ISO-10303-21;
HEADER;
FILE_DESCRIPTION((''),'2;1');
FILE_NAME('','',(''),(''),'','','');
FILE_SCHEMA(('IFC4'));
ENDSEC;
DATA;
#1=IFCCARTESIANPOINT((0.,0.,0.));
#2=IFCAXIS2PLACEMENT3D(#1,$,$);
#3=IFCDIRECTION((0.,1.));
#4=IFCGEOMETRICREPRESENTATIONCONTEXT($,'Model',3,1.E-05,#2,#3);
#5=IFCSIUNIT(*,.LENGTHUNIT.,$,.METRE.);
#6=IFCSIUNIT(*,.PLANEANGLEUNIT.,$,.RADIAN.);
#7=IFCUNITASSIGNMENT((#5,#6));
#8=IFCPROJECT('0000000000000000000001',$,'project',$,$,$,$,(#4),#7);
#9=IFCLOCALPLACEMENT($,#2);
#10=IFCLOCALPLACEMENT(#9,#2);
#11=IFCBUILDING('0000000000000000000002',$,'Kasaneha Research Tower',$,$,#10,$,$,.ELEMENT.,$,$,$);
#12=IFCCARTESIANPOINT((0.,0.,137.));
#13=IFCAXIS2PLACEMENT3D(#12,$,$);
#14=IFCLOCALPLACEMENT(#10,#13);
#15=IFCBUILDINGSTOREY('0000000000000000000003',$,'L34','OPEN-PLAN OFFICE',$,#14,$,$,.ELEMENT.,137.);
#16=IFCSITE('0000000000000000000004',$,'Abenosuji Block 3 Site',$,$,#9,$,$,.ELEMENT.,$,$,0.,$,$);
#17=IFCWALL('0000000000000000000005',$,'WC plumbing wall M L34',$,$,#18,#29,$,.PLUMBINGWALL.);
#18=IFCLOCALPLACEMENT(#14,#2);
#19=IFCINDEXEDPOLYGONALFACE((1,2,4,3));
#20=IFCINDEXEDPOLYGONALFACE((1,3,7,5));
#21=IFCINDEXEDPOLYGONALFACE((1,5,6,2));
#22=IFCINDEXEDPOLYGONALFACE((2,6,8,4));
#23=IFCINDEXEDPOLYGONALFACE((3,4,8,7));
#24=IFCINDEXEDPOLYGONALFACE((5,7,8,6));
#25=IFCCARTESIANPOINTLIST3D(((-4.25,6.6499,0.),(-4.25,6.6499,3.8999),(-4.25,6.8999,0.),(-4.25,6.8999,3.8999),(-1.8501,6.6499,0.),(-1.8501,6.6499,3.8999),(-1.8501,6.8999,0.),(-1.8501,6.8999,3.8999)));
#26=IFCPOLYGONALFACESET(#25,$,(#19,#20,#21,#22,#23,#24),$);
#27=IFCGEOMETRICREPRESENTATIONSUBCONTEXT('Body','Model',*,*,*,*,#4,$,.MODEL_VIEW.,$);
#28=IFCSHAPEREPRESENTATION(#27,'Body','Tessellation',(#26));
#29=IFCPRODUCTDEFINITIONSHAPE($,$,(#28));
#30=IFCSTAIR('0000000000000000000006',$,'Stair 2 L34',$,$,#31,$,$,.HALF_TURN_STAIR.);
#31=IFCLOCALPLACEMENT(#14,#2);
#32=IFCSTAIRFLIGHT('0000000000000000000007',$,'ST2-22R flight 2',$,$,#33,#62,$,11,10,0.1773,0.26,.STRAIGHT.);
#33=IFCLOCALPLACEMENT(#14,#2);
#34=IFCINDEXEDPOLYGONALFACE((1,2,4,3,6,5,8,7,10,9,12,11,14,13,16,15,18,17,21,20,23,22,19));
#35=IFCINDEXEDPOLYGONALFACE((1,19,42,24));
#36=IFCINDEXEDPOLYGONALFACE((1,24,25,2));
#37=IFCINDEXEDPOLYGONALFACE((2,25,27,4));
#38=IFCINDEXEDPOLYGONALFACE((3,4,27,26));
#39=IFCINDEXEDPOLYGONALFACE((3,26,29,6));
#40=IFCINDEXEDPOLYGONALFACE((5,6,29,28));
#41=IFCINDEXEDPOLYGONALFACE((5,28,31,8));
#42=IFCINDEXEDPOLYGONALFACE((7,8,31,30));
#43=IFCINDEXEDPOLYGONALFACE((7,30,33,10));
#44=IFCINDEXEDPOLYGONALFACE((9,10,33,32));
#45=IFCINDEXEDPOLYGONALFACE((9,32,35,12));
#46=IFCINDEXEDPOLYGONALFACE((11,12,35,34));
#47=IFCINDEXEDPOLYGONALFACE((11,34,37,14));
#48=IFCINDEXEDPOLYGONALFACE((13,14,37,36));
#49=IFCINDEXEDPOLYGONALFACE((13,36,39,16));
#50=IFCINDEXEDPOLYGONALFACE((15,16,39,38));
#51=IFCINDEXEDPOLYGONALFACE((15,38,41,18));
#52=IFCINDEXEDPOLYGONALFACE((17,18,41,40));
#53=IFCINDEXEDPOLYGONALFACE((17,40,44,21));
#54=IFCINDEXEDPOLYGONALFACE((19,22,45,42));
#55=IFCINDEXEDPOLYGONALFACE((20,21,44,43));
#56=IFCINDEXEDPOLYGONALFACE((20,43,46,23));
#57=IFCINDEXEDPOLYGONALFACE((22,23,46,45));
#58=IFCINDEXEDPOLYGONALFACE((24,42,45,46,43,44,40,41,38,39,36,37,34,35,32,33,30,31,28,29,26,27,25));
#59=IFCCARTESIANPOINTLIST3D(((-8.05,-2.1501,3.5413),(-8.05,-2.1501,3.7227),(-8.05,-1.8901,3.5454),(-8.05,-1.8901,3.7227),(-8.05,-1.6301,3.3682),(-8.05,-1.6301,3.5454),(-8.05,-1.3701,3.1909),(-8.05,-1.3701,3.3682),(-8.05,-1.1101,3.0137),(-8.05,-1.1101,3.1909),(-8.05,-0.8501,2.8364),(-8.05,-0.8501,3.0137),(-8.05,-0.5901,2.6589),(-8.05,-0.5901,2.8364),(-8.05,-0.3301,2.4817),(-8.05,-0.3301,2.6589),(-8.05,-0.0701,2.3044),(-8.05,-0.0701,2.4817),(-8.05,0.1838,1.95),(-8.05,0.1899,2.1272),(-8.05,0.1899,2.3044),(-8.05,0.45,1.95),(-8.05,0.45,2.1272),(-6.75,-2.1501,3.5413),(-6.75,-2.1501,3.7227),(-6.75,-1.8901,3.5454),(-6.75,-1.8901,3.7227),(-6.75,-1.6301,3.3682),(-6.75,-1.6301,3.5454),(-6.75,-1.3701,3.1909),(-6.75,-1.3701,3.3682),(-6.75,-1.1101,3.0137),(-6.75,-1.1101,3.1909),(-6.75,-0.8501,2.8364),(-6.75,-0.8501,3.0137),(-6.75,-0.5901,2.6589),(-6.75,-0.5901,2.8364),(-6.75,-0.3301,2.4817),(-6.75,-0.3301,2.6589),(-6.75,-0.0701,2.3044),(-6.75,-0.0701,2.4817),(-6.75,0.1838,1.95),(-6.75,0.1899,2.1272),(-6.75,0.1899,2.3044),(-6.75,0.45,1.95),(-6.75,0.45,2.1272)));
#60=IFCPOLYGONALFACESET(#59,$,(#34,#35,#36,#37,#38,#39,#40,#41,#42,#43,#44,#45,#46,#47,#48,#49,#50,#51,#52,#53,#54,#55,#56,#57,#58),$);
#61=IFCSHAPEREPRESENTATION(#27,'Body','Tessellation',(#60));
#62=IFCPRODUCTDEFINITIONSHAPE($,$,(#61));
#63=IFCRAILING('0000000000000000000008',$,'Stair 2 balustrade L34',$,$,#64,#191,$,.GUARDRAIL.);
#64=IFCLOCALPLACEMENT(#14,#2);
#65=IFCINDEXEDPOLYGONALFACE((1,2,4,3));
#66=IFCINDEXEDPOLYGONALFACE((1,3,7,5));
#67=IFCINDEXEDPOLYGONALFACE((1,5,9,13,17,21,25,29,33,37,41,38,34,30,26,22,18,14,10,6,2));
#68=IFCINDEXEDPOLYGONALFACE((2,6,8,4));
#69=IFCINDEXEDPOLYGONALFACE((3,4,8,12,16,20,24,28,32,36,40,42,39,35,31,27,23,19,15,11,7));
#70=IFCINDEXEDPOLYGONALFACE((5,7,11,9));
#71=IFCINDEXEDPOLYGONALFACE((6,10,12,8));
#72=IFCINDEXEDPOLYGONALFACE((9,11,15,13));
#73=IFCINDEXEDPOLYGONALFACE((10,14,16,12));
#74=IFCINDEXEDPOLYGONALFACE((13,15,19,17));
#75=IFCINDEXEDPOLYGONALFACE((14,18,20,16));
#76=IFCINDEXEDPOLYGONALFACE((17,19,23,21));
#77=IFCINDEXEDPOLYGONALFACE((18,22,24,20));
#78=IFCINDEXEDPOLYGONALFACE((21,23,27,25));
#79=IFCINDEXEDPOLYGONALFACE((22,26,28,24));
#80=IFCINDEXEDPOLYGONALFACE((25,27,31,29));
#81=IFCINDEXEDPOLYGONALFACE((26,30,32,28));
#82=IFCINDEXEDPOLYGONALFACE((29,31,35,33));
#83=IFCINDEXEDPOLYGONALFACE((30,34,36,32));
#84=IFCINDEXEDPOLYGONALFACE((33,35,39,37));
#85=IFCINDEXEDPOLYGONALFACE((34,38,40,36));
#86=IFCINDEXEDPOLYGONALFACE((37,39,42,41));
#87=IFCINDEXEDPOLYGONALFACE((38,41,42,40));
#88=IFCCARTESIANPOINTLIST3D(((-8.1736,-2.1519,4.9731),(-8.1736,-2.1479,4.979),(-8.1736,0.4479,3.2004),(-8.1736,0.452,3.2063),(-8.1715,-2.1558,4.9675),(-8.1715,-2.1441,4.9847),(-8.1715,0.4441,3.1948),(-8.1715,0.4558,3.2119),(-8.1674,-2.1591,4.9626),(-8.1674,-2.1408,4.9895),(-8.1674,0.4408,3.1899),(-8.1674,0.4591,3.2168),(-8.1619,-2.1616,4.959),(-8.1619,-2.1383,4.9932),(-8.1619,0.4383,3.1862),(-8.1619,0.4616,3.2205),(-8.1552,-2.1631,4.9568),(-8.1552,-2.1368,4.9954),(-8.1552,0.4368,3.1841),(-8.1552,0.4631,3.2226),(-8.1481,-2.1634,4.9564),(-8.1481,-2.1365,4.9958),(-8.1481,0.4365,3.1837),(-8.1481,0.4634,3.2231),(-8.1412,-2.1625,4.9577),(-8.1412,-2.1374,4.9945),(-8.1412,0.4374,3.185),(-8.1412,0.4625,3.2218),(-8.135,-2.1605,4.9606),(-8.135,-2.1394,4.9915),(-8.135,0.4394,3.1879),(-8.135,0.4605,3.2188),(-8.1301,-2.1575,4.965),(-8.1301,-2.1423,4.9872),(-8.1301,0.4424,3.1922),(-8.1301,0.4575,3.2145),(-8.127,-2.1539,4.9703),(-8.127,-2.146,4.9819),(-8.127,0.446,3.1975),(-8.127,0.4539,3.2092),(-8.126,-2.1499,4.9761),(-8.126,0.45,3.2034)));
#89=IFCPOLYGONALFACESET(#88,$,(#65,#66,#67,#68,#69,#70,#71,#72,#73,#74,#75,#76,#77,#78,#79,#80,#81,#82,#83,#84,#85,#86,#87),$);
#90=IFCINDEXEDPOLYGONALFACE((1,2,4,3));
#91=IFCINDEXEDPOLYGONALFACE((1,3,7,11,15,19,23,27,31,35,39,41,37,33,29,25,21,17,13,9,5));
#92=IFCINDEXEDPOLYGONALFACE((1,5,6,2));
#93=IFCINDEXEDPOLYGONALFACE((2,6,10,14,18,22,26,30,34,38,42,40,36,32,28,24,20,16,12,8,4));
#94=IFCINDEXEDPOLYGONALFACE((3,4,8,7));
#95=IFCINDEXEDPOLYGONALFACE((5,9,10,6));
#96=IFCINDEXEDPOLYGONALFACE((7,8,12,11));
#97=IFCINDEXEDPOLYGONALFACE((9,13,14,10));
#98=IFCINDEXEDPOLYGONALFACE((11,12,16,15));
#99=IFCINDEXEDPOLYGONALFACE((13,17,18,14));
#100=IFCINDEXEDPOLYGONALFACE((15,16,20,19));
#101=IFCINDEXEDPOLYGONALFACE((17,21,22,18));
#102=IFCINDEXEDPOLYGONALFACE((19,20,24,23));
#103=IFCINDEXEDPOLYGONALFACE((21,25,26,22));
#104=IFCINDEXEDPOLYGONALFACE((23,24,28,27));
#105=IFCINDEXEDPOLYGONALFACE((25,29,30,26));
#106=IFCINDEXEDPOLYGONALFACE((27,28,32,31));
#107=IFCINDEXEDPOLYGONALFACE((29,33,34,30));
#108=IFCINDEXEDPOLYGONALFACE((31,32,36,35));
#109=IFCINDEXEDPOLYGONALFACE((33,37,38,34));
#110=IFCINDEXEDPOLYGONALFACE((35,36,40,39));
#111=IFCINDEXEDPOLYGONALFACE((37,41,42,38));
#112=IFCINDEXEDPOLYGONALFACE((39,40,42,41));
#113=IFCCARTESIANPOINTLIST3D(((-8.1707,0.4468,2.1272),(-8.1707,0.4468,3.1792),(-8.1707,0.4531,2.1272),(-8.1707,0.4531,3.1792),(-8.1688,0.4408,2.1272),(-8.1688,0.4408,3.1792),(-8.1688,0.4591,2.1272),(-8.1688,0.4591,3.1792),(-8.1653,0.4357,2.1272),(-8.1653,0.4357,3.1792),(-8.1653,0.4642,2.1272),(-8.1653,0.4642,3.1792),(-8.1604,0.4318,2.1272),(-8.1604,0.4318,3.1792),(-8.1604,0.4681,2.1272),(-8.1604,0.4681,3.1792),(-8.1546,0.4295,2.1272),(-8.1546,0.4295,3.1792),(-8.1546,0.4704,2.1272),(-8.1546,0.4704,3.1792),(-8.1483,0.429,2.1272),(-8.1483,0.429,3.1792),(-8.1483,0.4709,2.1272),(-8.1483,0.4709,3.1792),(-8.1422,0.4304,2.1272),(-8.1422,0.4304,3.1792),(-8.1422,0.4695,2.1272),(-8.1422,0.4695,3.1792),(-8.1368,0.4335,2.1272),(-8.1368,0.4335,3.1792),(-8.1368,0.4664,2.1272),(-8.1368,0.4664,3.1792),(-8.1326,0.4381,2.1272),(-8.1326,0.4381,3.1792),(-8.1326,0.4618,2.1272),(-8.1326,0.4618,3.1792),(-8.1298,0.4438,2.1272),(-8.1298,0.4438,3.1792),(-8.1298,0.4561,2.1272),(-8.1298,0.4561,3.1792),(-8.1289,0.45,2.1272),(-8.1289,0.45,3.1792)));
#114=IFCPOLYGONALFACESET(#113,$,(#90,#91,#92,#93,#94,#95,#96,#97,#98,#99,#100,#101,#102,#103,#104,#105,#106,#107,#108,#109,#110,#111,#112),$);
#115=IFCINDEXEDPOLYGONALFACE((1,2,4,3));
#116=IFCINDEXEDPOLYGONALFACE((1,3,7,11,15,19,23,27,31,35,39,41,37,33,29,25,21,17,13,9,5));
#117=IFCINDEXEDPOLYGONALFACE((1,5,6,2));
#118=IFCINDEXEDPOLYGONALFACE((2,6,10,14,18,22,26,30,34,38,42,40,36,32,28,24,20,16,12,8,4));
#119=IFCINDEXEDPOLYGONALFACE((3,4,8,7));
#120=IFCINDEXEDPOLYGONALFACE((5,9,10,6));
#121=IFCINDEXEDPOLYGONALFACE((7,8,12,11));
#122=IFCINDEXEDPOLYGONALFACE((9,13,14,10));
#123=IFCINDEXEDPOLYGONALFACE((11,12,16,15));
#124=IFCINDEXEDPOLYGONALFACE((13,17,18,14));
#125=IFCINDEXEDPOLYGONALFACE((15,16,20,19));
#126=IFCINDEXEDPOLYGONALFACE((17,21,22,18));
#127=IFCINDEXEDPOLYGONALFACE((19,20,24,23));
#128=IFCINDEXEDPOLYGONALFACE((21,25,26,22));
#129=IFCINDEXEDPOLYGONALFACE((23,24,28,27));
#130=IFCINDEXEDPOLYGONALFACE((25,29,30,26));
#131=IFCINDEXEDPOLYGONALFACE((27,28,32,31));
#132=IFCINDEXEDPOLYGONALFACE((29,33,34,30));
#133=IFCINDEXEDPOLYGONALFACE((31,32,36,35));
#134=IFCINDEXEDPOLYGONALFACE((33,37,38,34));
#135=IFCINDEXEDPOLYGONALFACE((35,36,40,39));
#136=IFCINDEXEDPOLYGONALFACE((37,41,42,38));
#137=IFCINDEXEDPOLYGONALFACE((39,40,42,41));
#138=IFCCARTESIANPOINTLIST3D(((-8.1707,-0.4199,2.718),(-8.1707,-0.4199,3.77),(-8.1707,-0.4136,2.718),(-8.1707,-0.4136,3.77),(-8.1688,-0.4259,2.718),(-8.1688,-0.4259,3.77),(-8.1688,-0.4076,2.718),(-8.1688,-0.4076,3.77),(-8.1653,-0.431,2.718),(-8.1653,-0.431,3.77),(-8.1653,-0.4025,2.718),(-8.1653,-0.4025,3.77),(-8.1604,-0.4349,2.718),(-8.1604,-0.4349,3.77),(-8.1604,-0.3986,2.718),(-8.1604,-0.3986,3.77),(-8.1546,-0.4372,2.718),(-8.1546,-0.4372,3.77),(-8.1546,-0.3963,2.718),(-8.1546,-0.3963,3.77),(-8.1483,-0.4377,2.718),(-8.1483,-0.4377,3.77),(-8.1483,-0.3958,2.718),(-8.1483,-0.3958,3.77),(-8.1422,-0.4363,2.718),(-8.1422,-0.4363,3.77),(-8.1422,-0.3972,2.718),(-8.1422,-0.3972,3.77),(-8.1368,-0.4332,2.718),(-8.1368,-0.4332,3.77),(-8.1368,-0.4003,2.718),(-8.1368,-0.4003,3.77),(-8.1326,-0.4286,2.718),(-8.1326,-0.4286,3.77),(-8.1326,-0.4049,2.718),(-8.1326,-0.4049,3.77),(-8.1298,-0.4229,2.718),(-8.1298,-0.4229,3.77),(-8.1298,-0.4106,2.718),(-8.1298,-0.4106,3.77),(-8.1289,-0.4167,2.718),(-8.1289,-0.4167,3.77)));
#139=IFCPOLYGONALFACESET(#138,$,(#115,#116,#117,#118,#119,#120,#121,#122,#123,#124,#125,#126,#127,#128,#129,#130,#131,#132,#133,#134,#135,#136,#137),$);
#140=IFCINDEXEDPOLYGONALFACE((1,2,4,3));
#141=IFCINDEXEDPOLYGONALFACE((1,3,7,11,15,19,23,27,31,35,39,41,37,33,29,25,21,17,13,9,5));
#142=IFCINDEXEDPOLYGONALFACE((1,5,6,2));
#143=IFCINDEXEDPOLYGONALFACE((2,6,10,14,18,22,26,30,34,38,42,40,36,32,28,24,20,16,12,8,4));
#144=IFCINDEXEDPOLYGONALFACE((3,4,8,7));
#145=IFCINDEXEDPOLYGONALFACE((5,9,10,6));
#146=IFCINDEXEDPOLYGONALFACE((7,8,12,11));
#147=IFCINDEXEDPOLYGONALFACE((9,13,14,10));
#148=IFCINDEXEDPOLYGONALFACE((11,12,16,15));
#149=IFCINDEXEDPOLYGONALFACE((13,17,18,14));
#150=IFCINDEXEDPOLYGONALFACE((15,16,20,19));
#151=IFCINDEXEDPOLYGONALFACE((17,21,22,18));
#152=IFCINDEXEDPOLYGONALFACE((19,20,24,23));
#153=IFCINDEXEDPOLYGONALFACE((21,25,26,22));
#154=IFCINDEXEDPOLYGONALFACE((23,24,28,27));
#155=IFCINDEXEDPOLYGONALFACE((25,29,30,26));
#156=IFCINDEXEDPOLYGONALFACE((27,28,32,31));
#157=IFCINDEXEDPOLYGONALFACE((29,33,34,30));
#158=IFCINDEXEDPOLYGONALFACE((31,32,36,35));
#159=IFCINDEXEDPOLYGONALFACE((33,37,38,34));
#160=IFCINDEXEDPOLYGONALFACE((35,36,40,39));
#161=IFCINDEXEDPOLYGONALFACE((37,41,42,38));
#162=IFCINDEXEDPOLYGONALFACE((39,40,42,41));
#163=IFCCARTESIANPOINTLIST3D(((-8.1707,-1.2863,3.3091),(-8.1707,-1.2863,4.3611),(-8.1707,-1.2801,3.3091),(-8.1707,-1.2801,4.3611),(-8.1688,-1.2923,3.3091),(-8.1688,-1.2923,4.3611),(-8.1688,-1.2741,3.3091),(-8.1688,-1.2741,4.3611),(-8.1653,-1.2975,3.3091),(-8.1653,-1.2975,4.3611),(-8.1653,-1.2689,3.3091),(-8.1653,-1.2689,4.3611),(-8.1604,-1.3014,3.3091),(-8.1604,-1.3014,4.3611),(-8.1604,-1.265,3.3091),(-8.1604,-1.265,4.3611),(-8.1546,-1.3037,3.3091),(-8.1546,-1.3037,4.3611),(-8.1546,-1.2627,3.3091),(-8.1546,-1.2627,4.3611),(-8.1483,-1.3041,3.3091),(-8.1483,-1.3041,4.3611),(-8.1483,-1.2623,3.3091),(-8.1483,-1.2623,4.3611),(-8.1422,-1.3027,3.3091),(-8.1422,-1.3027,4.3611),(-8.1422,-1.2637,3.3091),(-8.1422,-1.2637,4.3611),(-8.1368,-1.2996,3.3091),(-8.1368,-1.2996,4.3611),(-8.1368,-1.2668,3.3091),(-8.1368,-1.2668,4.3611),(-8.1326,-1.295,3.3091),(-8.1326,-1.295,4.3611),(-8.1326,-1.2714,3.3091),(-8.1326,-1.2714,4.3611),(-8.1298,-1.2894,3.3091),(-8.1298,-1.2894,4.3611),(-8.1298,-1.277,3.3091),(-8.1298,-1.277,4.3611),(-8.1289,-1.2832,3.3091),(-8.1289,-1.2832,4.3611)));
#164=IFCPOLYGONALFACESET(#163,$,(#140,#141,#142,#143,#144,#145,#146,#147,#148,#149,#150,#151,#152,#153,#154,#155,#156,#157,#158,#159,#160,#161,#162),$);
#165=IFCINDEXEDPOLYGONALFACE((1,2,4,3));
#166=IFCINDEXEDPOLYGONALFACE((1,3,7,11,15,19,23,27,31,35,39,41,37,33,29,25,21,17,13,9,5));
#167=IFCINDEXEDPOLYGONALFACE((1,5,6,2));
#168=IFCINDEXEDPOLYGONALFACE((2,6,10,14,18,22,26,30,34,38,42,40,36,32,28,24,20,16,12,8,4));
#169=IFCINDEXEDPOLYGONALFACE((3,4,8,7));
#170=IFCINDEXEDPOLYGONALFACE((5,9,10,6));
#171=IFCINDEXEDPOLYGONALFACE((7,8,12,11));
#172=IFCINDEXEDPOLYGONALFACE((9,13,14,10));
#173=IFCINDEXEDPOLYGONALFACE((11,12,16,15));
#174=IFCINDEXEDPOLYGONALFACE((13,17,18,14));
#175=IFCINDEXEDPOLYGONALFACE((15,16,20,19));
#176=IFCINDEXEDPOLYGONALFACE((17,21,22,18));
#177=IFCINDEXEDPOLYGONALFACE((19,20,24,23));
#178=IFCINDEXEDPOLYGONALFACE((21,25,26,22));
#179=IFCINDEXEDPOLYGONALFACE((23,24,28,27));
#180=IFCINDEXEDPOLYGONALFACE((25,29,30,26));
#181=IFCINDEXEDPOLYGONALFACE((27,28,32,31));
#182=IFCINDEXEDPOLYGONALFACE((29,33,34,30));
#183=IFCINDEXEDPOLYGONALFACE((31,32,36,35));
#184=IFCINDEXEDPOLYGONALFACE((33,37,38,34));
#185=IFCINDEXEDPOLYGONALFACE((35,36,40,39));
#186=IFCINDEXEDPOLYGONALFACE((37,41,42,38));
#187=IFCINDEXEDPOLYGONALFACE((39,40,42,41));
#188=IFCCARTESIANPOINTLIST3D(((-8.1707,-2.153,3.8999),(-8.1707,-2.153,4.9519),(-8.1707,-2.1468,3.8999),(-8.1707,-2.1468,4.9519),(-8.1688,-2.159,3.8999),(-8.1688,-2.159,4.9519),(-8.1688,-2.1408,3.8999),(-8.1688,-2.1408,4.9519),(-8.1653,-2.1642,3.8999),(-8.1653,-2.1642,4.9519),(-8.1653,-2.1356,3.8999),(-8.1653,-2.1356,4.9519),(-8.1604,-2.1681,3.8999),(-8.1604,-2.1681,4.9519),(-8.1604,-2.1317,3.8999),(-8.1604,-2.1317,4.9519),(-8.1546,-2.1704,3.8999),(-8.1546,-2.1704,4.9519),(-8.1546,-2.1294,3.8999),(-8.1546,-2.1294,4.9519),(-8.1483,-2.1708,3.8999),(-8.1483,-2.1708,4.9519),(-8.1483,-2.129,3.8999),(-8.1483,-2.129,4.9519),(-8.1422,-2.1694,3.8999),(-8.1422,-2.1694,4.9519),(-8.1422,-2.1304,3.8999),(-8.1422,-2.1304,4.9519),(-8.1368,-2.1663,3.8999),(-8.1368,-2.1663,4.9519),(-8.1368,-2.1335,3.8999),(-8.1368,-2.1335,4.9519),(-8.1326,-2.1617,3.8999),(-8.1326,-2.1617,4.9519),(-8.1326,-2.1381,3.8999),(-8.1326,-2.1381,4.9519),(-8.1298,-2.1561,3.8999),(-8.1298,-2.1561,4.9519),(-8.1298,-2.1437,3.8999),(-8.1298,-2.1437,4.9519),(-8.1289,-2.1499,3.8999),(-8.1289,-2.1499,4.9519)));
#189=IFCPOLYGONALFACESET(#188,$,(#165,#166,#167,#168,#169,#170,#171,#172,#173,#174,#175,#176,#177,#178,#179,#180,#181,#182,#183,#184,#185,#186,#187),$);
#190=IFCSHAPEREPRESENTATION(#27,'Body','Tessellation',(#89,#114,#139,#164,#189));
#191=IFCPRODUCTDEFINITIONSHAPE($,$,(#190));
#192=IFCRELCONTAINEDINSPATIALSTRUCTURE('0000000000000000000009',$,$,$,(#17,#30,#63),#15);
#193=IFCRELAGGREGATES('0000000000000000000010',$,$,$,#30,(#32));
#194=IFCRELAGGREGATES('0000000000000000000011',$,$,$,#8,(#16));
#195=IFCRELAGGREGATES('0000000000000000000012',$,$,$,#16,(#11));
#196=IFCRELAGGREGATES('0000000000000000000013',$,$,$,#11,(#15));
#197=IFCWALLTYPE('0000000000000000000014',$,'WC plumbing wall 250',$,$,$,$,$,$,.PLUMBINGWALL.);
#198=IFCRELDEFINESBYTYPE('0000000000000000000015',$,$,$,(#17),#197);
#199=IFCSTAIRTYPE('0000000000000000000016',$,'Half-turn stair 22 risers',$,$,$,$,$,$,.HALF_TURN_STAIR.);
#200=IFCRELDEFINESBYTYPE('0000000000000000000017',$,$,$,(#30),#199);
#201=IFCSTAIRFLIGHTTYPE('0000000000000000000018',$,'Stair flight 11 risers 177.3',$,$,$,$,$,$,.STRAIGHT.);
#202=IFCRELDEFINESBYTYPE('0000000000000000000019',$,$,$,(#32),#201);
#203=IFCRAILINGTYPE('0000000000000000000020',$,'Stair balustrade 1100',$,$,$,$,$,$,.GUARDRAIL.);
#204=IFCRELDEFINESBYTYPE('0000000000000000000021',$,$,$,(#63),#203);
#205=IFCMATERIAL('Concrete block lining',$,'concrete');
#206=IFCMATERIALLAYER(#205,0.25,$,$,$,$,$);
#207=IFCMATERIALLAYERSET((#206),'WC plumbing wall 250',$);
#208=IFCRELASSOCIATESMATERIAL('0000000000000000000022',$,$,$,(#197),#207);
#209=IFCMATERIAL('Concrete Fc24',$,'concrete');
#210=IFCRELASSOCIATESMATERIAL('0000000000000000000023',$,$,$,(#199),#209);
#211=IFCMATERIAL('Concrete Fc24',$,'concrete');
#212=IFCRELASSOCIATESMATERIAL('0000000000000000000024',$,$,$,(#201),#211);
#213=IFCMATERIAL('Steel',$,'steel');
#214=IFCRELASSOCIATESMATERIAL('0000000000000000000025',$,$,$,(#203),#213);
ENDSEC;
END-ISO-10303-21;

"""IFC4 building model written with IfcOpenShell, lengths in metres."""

from ifc_helpers import new_model, si_unit, direction, frame, frame_2d, origin, origin_2d, place, context, subcontext, project, spatial, polyline, rectangle, circle, outline, extrude, material, layer, layer_set, type_object, element, aggregate, save


model = new_model("IFC4")

# Units and contexts
model_context = context("Model", 3, precision=1e-05, world=origin(), true_north=direction((0.0, 1.0)))
body_context = subcontext(model_context, "Body", "Model", "MODEL_VIEW")
ifc_project = project(units=[si_unit("LENGTHUNIT", "METRE"), si_unit("PLANEANGLEUNIT", "RADIAN")], contexts=[model_context])

# Site, building, storey
site_placement = place(None, origin())
site = spatial("IfcSite", under=ifc_project, at=site_placement, Name="Abenosuji Block 3 Site", CompositionType="ELEMENT", RefElevation=0.0)
building_placement = place(site_placement, origin())
building = spatial("IfcBuilding", under=site, at=building_placement, Name="Kasaneha Research Tower", CompositionType="ELEMENT")
storey_placement = place(building_placement, frame((0.0, 0.0, 137.0)))
storey = spatial("IfcBuildingStorey", under=building, at=storey_placement, Name="L34", Description="OPEN-PLAN OFFICE", CompositionType="ELEMENT", Elevation=137.0)

# Wall
ifc_material_1 = material(Name="Concrete block lining", Category="concrete")
ifc_layer_1 = layer(ifc_material_1, 0.25)
ifc_layer_set_1 = layer_set([ifc_layer_1], Name="WC plumbing wall 250")
wall_type_1 = type_object("IfcWallType", Name="WC plumbing wall 250", PredefinedType="PLUMBINGWALL", material=ifc_layer_set_1)
wall_1_placement = place(storey_placement, frame((-4.25, 6.7749, 0.0), z_axis=(0.0, 0.0, 1.0), x_axis=(1.0, 0.0, 0.0)))
element("IfcWall", 1, at=wall_1_placement, inside=storey, type_object=wall_type_1, Name="WC plumbing wall M L34", PredefinedType="PLUMBINGWALL", context=body_context, shape_type="SweptSolid", body=[
    extrude(rectangle(XDim=2.3999, YDim=0.25, at=frame_2d((1.2, 0.0))), origin(), (0.0, 0.0, 1.0), 3.8999),
])

# Stair, stair flight
ifc_material_2 = material(Name="Concrete Fc24", Category="concrete")
stair_type = type_object("IfcStairType", Name="Half-turn stair 22 risers", PredefinedType="HALF_TURN_STAIR", material=ifc_material_2)
stair_placement = place(storey_placement, origin())
stair = element("IfcStair", 2, at=stair_placement, inside=storey, type_object=stair_type, Name="Stair 2 L34", PredefinedType="HALF_TURN_STAIR")
ifc_material_3 = material(Name="Concrete Fc24", Category="concrete")
stair_flight_type = type_object("IfcStairFlightType", Name="Stair flight 11 risers 177.3", PredefinedType="STRAIGHT", material=ifc_material_3)
stair_flight_placement = place(storey_placement, frame((-7.3999, 0.45, 1.95), z_axis=(0.0, 0.0, 1.0), x_axis=(0.0, -1.0, 0.0)))
stair_flight = element("IfcStairFlight", 3, at=stair_flight_placement, type_object=stair_flight_type, Name="ST2-22R flight 2", NumberOfRisers=11, NumberOfTreads=10, PredefinedType="STRAIGHT", RiserHeight=0.1773, TreadLength=0.26, context=body_context, shape_type="SweptSolid", body=[
    extrude(outline(polyline([(0.0, 0.0), (0.0, 0.1772), (0.26, 0.1772), (0.26, 0.3545), (0.52, 0.3545), (0.52, 0.5317), (0.78, 0.5317), (0.78, 0.709), (1.04, 0.709), (1.04, 0.8865), (1.3, 0.8865), (1.3, 1.0637), (1.5601, 1.0637), (1.5601, 1.241), (1.8201, 1.241), (1.8201, 1.4182), (2.0801, 1.4182), (2.0801, 1.5955), (2.3401, 1.5955), (2.3401, 1.7727), (2.6001, 1.7727), (2.6001, 1.95), (2.6001, 1.5913), (0.2661, 0.0), (0.0, 0.0)])), frame((0.0, 0.6499, 0.0), z_axis=(0.0, -1.0, 0.0), x_axis=(1.0, 0.0, 0.0)), (0.0, 0.0, 1.0), 1.3),
])
aggregate(stair, [stair_flight])

# Railing
ifc_material_4 = material(Name="Steel", Category="steel")
railing_type_1 = type_object("IfcRailingType", Name="Stair balustrade 1100", PredefinedType="GUARDRAIL", material=ifc_material_4)
railing_1_placement = place(storey_placement, frame((-8.1499, 0.45, 2.1272)))
element("IfcRailing", 4, at=railing_1_placement, inside=storey, type_object=railing_type_1, Name="Stair 2 balustrade L34", PredefinedType="GUARDRAIL", context=body_context, shape_type="SweptSolid", body=[
    extrude(circle(Radius=0.0239, at=origin_2d()), frame((0.0, 0.0, 1.0762), z_axis=(0.0, -0.826216, 0.563354), x_axis=(1.0, 0.0, 0.0)), (0.0, 0.0, 1.0), 3.1467),
    extrude(circle(Radius=0.021, at=origin_2d()), origin(), (0.0, 0.0, 1.0), 1.052),
    extrude(circle(Radius=0.021, at=origin_2d()), frame((0.0, -0.8667, 0.5908)), (0.0, 0.0, 1.0), 1.052),
    extrude(circle(Radius=0.021, at=origin_2d()), frame((0.0, -1.7332, 1.1819)), (0.0, 0.0, 1.0), 1.052),
    extrude(circle(Radius=0.021, at=origin_2d()), frame((0.0, -2.5999, 1.7727)), (0.0, 0.0, 1.0), 1.052),
])

save(model, "model.ifc")
